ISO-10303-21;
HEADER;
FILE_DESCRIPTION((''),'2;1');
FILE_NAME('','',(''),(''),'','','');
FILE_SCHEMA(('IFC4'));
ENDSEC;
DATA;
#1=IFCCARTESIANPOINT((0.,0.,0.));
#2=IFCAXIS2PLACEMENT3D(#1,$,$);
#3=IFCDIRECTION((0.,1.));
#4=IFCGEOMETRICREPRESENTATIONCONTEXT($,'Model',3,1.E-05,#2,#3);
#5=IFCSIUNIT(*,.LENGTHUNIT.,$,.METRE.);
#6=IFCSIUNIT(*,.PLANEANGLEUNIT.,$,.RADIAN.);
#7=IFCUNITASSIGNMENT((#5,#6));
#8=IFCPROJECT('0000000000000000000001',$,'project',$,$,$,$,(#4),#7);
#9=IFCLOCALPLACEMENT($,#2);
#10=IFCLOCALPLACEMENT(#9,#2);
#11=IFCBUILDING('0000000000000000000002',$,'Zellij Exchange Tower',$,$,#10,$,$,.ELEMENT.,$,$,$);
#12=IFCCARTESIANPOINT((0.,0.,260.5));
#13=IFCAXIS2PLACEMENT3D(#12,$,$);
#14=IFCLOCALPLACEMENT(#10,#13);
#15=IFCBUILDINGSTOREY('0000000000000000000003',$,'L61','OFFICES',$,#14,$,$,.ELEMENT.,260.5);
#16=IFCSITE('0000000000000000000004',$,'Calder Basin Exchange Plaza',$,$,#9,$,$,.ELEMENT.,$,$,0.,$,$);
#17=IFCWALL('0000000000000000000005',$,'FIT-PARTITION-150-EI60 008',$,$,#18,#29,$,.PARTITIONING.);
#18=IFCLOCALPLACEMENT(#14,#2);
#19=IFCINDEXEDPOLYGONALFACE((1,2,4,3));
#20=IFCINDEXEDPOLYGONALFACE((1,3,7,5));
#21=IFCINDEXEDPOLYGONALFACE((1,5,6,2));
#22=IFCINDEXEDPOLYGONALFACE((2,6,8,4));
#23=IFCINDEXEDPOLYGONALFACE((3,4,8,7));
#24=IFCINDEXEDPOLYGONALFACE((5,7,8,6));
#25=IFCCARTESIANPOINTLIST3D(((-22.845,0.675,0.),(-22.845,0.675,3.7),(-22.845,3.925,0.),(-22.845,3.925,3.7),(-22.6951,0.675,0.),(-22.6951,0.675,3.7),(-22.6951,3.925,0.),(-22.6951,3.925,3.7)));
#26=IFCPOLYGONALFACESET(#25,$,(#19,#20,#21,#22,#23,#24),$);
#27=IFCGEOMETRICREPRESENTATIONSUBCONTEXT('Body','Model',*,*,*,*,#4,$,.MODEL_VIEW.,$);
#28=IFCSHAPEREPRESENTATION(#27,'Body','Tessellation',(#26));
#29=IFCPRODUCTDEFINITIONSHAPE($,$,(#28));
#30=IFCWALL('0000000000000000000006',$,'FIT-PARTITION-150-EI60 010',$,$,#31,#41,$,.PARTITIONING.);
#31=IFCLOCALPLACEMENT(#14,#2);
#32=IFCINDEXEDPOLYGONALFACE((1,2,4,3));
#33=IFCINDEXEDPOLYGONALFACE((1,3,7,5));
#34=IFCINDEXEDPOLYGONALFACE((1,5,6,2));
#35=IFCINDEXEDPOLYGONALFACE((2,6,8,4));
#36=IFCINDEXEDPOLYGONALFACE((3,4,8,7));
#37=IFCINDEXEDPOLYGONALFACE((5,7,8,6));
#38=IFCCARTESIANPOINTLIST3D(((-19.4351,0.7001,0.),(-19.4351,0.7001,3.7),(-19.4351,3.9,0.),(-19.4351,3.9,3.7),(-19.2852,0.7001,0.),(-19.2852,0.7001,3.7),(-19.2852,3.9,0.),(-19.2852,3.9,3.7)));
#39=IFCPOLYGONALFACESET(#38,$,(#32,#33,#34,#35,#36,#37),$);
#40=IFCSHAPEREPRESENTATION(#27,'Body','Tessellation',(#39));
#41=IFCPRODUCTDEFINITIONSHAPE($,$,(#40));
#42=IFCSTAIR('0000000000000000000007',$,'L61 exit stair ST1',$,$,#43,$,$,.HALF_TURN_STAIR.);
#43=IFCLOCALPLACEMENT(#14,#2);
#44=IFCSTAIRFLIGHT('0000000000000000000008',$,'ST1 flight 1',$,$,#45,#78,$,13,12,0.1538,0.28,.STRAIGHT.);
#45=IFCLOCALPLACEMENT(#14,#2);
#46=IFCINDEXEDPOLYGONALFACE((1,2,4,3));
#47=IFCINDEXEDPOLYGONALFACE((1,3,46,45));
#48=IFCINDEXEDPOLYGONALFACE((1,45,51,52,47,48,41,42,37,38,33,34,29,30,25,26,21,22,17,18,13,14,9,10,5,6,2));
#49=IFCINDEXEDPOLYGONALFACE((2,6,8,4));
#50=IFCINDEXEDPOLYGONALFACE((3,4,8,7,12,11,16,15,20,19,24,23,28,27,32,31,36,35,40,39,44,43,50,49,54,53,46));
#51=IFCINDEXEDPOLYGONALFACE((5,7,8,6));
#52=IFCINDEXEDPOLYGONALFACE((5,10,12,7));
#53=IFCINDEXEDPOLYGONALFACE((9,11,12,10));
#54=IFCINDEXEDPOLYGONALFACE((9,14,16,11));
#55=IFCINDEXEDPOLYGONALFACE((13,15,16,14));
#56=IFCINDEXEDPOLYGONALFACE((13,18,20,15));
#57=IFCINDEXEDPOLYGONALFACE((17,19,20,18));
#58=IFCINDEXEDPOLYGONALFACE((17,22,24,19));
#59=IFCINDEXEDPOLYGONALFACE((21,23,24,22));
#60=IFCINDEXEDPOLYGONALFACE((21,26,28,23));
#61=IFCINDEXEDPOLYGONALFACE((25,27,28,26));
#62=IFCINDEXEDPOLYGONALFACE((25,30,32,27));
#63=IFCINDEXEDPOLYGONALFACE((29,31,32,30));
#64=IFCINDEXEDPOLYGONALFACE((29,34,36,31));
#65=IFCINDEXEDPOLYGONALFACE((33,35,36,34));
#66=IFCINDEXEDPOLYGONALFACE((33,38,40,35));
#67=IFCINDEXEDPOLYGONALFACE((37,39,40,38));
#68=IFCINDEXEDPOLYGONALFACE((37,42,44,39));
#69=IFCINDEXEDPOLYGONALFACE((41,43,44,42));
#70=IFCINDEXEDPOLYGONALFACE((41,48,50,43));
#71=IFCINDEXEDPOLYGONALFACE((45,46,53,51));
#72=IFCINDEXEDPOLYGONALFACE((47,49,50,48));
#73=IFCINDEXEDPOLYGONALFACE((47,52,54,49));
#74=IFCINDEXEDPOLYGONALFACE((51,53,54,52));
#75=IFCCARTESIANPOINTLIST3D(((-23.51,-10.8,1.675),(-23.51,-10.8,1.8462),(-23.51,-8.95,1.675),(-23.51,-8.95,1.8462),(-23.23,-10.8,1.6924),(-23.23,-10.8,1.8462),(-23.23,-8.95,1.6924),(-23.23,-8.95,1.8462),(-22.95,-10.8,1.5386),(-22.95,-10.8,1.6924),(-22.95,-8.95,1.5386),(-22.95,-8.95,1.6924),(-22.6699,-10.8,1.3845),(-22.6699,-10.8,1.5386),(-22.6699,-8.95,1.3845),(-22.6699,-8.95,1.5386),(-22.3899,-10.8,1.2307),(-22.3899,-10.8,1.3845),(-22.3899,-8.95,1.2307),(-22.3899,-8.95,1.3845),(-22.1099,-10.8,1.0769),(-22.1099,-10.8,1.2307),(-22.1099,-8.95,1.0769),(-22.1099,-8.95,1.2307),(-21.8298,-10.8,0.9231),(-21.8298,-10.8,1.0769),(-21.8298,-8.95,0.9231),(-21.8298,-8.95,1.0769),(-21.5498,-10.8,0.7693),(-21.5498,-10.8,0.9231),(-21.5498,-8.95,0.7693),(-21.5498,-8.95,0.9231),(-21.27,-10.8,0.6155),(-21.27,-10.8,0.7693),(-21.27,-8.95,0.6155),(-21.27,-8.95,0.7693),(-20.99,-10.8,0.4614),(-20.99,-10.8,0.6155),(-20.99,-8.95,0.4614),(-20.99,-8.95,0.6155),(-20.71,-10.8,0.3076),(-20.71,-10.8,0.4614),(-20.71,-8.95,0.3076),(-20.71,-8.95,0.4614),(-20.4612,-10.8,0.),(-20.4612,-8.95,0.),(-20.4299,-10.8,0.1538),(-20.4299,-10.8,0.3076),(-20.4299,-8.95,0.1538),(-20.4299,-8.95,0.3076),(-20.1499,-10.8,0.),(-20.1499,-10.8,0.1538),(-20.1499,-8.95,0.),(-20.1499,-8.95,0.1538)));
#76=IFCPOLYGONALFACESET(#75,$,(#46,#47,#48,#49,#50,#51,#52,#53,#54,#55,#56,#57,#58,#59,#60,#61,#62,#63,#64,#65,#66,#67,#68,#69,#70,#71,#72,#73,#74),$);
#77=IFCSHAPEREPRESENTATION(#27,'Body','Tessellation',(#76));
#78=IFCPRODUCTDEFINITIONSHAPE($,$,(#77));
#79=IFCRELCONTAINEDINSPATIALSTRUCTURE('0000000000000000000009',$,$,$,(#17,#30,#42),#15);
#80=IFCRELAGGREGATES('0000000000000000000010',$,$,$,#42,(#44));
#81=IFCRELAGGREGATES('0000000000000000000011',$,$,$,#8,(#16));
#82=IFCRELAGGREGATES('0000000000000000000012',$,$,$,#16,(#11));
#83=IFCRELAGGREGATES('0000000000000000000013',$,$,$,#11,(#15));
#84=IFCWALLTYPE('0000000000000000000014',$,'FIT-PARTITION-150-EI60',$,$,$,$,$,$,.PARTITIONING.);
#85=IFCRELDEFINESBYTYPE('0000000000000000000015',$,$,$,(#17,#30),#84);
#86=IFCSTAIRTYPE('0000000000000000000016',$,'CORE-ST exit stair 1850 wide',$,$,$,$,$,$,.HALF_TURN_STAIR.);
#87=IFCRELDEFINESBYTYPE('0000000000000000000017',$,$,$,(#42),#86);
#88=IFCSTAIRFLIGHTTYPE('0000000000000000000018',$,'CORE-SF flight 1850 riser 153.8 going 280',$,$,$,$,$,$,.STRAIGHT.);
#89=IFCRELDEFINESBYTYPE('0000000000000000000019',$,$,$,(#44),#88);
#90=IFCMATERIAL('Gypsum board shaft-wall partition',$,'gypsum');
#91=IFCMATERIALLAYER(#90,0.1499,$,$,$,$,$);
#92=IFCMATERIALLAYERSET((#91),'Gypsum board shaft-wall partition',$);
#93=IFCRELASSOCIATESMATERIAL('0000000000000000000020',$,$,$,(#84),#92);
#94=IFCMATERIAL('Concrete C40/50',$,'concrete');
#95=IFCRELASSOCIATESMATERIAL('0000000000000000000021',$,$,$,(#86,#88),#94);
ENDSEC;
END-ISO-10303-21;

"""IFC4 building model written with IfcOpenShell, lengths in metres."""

from ifc_helpers import new_model, si_unit, direction, frame, frame_2d, origin, place, context, subcontext, project, spatial, polyline, rectangle, outline, extrude, material, layer, layer_set, type_object, element, aggregate, save


model = new_model("IFC4")

# Units and contexts
model_context = context("Model", 3, precision=1e-05, world=origin(), true_north=direction((0.0, 1.0)))
body_context = subcontext(model_context, "Body", "Model", "MODEL_VIEW")
ifc_project = project(units=[si_unit("LENGTHUNIT", "METRE"), si_unit("PLANEANGLEUNIT", "RADIAN")], contexts=[model_context])

# Site, building, storey
site_placement = place(None, origin())
site = spatial("IfcSite", under=ifc_project, at=site_placement, Name="Calder Basin Exchange Plaza", CompositionType="ELEMENT", RefElevation=0.0)
building_placement = place(site_placement, origin())
building = spatial("IfcBuilding", under=site, at=building_placement, Name="Zellij Exchange Tower", CompositionType="ELEMENT")
storey_placement = place(building_placement, frame((0.0, 0.0, 260.5)))
storey = spatial("IfcBuildingStorey", under=building, at=storey_placement, Name="L61", Description="OFFICES", CompositionType="ELEMENT", Elevation=260.5)

# Walls
ifc_material_1 = material(Name="Gypsum board shaft-wall partition", Category="gypsum")
ifc_layer_1 = layer(ifc_material_1, 0.1499)
ifc_layer_set_1 = layer_set([ifc_layer_1], Name="Gypsum board shaft-wall partition")
wall_type_1 = type_object("IfcWallType", Name="FIT-PARTITION-150-EI60", PredefinedType="PARTITIONING", material=ifc_layer_set_1)
wall_1_placement = place(storey_placement, frame((-22.77, 0.675, 0.0), z_axis=(0.0, 0.0, 1.0), x_axis=(0.0, 1.0, 0.0)))
element("IfcWall", 1, at=wall_1_placement, inside=storey, type_object=wall_type_1, Name="FIT-PARTITION-150-EI60 008", PredefinedType="PARTITIONING", context=body_context, shape_type="SweptSolid", body=[
    extrude(rectangle(XDim=3.25, YDim=0.1499, at=frame_2d((1.625, 0.0))), origin(), (0.0, 0.0, 1.0), 3.7),
])
wall_2_placement = place(storey_placement, frame((-19.3601, 0.7, 0.0), z_axis=(0.0, 0.0, 1.0), x_axis=(0.0, 1.0, 0.0)))
element("IfcWall", 2, at=wall_2_placement, inside=storey, type_object=wall_type_1, Name="FIT-PARTITION-150-EI60 010", PredefinedType="PARTITIONING", context=body_context, shape_type="SweptSolid", body=[
    extrude(rectangle(XDim=3.2, YDim=0.1499, at=frame_2d((1.6001, 0.0))), origin(), (0.0, 0.0, 1.0), 3.7),
])

# Stair, stair flight
ifc_material_2 = material(Name="Concrete C40/50", Category="concrete")
stair_type = type_object("IfcStairType", Name="CORE-ST exit stair 1850 wide", PredefinedType="HALF_TURN_STAIR", material=ifc_material_2)
stair_placement = place(storey_placement, origin())
stair = element("IfcStair", 3, at=stair_placement, inside=storey, type_object=stair_type, Name="L61 exit stair ST1", PredefinedType="HALF_TURN_STAIR")
stair_flight_type = type_object("IfcStairFlightType", Name="CORE-SF flight 1850 riser 153.8 going 280", PredefinedType="STRAIGHT", material=ifc_material_2)
stair_flight_placement = place(storey_placement, frame((-20.1499, -9.875, 0.0), z_axis=(0.0, 0.0, 1.0), x_axis=(-1.0, 0.0, 0.0)))
stair_flight = element("IfcStairFlight", 4, at=stair_flight_placement, type_object=stair_flight_type, Name="ST1 flight 1", NumberOfRisers=13, NumberOfTreads=12, PredefinedType="STRAIGHT", RiserHeight=0.1538, TreadLength=0.28, context=body_context, shape_type="SweptSolid", body=[
    extrude(outline(polyline([(0.0, 0.0), (0.0, 0.1538), (0.28, 0.1538), (0.28, 0.3076), (0.5601, 0.3076), (0.5601, 0.4614), (0.8401, 0.4614), (0.8401, 0.6155), (1.1201, 0.6155), (1.1201, 0.7693), (1.3999, 0.7693), (1.3999, 0.9231), (1.6799, 0.9231), (1.6799, 1.0769), (1.96, 1.0769), (1.96, 1.2307), (2.24, 1.2307), (2.24, 1.3845), (2.52, 1.3845), (2.52, 1.5386), (2.8, 1.5386), (2.8, 1.6924), (3.0801, 1.6924), (3.0801, 1.8462), (3.3601, 1.8462), (3.3601, 2.0), (3.3601, 1.675), (0.3113, 0.0), (0.0, 0.0)])), frame((0.0, 0.925, 0.0), z_axis=(0.0, -1.0, 0.0), x_axis=(1.0, 0.0, 0.0)), (0.0, 0.0, 1.0), 1.8501),
])
aggregate(stair, [stair_flight])

save(model, "model.ifc")
